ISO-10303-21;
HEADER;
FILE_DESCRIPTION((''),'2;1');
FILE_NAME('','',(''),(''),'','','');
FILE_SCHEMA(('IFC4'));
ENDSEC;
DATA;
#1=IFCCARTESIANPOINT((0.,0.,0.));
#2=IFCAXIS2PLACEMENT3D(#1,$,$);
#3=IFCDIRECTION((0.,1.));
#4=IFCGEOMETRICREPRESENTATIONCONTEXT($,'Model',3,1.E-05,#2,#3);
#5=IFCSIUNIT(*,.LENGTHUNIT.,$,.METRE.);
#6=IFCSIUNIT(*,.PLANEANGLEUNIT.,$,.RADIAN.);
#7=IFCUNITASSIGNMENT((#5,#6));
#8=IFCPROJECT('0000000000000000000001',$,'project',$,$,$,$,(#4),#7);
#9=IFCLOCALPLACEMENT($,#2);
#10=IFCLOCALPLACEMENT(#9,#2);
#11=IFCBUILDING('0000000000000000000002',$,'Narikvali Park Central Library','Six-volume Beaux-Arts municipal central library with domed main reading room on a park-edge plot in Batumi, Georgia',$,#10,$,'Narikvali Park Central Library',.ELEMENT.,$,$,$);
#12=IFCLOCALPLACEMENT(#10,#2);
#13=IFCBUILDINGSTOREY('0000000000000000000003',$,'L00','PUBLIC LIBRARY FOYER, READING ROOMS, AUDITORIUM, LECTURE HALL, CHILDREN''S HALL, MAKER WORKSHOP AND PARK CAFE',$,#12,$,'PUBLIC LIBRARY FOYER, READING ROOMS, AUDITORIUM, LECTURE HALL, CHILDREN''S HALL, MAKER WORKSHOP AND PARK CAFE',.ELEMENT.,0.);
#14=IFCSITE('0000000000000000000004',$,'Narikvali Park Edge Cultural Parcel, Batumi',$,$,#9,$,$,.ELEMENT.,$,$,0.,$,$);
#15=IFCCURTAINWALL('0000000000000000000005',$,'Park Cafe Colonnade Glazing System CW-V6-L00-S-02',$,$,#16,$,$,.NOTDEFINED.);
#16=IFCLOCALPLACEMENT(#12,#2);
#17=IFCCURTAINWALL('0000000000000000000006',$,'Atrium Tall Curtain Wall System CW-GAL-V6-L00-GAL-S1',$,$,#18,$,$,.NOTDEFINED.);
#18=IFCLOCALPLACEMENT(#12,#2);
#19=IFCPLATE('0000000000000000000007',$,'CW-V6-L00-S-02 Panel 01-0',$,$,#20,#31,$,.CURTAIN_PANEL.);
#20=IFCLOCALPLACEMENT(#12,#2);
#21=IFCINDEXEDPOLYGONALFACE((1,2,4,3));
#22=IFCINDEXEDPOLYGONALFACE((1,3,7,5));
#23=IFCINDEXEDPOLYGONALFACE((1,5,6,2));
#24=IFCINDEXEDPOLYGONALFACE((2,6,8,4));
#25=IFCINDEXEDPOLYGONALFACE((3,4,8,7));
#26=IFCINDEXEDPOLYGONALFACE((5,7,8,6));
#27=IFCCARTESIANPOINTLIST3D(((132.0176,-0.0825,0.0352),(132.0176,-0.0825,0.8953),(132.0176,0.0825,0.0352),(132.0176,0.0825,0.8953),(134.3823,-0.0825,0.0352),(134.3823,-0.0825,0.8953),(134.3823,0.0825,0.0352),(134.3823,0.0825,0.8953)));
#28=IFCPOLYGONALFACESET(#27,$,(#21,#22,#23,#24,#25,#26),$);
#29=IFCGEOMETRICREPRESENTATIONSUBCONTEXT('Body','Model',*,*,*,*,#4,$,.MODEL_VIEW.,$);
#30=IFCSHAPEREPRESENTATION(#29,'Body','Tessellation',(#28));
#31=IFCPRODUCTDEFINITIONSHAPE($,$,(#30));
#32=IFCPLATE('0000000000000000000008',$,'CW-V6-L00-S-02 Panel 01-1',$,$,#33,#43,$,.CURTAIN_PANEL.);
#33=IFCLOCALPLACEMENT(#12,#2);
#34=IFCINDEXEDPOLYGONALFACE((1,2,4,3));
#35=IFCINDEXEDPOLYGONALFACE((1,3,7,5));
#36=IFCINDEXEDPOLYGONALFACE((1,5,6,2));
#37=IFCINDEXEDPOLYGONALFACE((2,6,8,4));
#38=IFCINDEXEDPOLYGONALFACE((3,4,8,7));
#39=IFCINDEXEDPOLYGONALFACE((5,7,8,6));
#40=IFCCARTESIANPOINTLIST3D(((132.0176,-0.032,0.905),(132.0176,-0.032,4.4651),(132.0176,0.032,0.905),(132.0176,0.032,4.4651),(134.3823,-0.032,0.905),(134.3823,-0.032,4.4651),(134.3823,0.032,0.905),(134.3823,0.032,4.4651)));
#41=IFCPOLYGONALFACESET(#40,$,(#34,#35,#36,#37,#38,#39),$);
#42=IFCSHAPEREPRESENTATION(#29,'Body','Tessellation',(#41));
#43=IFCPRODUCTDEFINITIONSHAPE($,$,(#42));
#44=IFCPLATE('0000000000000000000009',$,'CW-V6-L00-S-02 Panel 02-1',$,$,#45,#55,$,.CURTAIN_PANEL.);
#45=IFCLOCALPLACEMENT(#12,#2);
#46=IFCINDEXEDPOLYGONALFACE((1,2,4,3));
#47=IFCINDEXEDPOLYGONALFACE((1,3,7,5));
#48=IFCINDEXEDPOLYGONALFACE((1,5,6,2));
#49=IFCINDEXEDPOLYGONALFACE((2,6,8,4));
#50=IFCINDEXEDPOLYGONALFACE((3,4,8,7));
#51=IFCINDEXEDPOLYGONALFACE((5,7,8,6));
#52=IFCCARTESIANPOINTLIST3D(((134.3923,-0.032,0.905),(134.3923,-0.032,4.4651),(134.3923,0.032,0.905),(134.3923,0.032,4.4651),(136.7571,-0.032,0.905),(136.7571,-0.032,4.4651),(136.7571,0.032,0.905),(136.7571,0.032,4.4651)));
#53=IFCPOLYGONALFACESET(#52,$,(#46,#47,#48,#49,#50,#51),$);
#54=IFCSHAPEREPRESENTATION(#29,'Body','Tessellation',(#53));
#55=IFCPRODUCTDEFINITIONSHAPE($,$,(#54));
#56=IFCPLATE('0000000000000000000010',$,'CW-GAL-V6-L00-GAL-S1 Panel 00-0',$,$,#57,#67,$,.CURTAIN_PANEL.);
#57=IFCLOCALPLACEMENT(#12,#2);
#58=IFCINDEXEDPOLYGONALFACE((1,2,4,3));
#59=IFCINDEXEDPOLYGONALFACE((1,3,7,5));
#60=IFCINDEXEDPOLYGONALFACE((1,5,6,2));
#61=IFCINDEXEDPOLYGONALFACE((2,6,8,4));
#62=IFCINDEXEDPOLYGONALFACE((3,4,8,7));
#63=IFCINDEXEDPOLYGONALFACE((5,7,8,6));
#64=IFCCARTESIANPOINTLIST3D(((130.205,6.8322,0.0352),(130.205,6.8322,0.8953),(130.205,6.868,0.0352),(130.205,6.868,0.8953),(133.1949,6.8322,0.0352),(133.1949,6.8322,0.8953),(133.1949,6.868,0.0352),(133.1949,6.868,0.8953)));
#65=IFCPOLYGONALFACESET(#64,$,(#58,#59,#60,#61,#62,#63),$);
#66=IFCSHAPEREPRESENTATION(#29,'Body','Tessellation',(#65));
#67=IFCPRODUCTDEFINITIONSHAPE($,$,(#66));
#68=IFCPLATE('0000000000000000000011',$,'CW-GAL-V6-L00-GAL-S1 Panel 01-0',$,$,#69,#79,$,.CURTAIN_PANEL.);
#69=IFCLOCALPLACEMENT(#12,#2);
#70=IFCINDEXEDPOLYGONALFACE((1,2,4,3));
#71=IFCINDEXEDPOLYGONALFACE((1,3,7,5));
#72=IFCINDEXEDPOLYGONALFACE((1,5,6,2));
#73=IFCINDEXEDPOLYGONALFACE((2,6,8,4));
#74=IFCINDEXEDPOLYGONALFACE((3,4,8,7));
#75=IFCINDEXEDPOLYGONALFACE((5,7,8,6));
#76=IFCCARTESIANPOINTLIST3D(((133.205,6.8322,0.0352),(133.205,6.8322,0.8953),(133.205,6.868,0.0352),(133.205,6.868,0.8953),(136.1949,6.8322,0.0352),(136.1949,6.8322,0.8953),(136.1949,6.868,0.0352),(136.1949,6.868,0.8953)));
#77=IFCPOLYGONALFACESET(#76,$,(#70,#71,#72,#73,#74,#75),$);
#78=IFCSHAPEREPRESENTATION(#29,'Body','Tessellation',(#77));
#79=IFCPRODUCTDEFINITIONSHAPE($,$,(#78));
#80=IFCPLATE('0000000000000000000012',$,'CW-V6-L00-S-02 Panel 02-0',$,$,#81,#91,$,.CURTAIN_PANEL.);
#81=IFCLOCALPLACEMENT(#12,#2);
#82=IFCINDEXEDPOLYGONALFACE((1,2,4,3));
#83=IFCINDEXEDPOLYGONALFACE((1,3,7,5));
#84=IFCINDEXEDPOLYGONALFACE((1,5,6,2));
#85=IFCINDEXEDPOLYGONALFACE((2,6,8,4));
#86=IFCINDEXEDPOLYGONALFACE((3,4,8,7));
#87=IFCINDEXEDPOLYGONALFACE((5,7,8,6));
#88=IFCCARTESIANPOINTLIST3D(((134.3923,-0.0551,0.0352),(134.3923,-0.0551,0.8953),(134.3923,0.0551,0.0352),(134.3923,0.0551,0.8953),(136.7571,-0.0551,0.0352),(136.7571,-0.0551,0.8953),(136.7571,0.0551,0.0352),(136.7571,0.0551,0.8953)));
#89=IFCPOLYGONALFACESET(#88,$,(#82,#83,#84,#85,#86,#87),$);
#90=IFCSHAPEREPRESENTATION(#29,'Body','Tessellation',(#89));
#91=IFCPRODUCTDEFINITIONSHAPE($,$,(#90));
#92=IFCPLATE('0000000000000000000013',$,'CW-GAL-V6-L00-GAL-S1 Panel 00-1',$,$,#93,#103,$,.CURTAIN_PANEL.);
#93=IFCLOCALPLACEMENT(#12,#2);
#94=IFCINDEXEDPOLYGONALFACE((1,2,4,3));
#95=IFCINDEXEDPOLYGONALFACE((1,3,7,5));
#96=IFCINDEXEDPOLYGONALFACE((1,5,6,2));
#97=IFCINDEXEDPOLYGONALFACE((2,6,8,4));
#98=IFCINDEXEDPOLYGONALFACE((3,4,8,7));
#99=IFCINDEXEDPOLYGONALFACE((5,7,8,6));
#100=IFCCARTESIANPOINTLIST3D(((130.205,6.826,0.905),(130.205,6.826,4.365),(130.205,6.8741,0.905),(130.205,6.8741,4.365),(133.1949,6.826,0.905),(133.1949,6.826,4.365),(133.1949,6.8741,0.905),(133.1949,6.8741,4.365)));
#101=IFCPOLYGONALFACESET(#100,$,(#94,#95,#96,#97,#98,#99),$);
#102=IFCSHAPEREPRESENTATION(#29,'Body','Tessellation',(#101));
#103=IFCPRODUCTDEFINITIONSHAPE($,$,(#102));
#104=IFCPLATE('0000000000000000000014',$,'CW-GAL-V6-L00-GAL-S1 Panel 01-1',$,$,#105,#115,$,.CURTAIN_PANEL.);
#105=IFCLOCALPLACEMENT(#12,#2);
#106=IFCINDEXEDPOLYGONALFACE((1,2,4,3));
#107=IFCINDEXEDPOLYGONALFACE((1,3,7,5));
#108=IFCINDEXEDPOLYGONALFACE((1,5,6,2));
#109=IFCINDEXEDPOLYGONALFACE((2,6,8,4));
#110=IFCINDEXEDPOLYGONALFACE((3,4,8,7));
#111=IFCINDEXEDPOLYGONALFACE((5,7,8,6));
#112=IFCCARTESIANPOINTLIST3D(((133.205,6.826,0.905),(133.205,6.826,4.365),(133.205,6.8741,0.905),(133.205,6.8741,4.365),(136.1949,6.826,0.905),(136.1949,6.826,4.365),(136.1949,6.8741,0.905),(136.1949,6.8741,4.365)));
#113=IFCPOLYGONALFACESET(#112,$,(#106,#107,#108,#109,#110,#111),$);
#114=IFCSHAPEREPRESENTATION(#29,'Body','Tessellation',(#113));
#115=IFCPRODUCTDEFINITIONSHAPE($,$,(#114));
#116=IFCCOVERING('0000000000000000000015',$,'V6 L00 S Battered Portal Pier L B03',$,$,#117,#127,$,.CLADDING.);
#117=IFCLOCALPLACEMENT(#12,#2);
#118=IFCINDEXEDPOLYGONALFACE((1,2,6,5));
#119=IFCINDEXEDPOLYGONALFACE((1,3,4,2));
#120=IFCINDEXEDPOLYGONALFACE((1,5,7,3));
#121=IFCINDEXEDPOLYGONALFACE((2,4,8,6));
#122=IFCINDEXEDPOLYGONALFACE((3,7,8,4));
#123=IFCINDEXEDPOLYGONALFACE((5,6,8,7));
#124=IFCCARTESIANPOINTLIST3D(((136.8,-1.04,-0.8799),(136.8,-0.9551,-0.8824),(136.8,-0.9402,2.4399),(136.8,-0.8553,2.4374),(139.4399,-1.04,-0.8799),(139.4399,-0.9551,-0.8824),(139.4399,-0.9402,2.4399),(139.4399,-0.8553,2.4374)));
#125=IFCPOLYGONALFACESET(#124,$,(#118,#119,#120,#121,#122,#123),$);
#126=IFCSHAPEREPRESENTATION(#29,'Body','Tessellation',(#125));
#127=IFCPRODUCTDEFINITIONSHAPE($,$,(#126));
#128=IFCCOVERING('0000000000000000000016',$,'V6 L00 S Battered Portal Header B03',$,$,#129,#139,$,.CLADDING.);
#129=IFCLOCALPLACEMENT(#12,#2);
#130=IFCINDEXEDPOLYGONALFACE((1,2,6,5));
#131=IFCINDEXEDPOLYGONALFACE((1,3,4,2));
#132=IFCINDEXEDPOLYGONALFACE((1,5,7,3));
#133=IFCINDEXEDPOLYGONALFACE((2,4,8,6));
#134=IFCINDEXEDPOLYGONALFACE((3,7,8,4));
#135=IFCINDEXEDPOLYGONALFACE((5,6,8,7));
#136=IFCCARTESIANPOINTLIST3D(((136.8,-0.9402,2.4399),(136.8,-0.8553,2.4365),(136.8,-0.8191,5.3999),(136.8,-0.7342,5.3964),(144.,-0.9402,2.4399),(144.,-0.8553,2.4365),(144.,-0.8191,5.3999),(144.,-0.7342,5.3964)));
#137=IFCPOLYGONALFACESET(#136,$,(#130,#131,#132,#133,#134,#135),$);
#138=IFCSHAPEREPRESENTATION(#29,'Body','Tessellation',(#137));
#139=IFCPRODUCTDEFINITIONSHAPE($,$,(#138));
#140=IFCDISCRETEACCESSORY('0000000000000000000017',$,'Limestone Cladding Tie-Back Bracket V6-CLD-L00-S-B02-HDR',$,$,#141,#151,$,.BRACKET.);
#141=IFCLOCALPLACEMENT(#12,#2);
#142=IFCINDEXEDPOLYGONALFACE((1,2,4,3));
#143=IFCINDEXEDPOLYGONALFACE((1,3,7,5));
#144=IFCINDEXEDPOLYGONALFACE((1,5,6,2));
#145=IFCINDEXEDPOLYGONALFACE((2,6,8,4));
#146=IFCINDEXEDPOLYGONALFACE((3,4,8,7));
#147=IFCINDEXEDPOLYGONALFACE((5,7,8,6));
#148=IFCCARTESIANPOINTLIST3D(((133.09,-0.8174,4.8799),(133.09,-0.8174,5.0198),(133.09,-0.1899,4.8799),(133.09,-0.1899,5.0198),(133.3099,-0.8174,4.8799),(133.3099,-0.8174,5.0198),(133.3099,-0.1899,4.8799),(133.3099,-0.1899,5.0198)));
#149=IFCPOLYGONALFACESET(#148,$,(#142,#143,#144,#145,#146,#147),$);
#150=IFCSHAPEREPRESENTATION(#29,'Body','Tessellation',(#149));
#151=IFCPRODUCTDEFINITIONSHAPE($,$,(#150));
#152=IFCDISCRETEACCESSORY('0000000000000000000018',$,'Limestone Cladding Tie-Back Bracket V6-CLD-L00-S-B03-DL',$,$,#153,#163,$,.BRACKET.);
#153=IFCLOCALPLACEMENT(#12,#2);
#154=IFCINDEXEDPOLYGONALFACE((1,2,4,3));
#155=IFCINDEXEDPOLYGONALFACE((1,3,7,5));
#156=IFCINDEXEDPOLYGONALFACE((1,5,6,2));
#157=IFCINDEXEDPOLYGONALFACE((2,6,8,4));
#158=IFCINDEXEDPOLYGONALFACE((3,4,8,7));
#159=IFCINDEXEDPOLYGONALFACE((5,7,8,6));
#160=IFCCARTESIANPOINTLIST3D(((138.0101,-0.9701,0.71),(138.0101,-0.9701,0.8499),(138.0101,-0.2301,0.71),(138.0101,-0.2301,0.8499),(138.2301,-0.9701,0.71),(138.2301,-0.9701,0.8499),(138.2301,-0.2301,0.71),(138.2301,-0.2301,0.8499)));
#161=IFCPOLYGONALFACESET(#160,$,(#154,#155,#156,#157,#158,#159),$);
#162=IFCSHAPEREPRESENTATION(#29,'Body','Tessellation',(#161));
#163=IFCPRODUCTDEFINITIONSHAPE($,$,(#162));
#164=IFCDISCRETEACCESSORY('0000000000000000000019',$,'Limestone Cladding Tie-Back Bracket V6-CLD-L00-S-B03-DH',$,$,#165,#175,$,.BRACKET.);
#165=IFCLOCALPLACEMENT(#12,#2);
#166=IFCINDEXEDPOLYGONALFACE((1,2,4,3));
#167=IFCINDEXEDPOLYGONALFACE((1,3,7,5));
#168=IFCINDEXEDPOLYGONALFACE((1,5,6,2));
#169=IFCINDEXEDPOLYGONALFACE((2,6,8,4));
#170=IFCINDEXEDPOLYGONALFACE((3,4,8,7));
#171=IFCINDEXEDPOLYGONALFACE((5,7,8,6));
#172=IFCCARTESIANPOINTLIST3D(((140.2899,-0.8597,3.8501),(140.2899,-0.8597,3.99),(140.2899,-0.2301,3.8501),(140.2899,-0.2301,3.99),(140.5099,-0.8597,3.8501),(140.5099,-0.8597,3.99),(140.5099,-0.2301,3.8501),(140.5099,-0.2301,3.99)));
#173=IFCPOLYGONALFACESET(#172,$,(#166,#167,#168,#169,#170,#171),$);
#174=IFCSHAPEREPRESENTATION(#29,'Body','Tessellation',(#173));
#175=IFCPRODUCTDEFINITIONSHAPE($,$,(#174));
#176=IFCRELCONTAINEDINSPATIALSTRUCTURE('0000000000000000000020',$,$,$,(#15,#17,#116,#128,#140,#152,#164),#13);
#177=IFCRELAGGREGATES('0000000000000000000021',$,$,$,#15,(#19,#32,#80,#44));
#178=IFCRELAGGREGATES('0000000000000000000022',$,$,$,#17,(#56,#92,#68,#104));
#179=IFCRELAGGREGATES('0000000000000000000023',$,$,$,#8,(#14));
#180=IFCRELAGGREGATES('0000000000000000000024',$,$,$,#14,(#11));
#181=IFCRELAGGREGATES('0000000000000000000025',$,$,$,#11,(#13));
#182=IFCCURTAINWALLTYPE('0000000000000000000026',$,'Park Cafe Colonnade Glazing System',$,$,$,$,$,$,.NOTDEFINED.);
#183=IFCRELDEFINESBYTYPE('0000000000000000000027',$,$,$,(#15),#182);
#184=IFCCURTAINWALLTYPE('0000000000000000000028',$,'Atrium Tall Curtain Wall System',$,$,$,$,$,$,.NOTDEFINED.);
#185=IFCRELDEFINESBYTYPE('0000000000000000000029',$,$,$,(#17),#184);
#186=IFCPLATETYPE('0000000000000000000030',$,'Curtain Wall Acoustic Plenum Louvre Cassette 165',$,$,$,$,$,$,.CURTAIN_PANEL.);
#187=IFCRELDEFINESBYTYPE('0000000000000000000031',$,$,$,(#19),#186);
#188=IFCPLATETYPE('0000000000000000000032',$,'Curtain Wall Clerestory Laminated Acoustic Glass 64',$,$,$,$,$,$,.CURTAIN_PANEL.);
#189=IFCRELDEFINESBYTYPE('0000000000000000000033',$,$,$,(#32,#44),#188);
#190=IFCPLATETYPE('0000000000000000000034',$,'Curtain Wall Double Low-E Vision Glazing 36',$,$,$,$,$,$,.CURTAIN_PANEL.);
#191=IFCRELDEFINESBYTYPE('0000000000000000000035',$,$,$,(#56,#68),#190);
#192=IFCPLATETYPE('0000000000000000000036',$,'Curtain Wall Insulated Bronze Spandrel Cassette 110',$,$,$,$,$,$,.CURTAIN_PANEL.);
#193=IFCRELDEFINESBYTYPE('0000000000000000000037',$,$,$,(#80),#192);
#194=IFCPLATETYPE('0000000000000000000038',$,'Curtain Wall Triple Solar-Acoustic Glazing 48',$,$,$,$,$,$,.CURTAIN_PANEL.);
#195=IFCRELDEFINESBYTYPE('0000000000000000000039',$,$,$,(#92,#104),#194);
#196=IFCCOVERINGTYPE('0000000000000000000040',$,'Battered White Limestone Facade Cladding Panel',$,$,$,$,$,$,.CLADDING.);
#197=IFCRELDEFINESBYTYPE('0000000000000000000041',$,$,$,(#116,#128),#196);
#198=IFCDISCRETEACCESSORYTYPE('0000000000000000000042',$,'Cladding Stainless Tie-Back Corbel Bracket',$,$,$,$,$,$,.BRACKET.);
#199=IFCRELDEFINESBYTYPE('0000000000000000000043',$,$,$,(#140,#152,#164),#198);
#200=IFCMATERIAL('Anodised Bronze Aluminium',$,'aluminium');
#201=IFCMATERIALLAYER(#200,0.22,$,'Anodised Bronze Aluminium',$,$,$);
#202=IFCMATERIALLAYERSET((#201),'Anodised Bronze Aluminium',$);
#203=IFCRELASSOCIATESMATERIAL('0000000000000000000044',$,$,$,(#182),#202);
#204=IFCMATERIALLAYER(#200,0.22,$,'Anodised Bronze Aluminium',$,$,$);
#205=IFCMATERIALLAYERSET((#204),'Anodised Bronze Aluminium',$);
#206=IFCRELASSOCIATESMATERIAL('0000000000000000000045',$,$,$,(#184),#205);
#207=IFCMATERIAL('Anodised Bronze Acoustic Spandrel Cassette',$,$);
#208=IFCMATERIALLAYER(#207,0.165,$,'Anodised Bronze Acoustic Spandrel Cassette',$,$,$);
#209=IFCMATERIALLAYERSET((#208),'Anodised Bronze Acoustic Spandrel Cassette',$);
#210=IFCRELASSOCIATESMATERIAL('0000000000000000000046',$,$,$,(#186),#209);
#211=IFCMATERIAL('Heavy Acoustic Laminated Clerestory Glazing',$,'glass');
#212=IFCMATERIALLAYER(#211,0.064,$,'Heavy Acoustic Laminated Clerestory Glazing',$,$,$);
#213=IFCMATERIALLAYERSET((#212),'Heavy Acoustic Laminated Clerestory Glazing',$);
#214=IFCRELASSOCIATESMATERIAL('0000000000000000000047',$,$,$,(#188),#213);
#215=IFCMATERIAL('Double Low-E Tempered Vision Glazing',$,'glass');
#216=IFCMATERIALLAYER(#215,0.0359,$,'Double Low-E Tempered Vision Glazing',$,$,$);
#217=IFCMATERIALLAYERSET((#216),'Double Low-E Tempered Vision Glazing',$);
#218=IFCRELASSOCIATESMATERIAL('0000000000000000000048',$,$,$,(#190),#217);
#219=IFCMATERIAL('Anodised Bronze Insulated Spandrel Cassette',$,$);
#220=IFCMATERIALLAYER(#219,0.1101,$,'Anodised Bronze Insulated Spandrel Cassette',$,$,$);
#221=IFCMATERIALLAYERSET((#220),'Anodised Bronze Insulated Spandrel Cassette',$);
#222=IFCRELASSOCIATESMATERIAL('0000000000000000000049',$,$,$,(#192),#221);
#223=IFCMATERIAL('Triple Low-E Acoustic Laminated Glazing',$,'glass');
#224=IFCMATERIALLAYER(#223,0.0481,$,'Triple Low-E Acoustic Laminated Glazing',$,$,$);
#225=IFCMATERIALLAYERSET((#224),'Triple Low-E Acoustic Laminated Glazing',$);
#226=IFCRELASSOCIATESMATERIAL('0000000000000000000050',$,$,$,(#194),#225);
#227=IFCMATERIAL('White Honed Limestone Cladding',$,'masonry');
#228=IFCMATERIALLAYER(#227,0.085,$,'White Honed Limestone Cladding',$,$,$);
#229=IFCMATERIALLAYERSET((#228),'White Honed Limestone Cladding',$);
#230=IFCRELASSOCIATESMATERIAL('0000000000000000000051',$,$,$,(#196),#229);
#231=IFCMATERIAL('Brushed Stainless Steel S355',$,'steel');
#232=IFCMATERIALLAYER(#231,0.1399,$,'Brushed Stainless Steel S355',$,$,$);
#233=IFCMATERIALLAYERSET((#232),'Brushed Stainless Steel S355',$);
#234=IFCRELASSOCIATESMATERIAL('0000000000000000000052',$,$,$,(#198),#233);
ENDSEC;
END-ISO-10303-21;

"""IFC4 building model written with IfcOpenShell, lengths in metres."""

from ifc_helpers import new_model, si_unit, direction, frame, origin, origin_2d, place, context, subcontext, project, spatial, polyline, rectangle, outline, extrude, material, layer, layer_set, type_object, element, aggregate, save


model = new_model("IFC4")

# Units and contexts
model_context = context("Model", 3, precision=1e-05, world=origin(), true_north=direction((0.0, 1.0)))
body_context = subcontext(model_context, "Body", "Model", "MODEL_VIEW")
ifc_project = project(units=[si_unit("LENGTHUNIT", "METRE"), si_unit("PLANEANGLEUNIT", "RADIAN")], contexts=[model_context])

# Site, building, storey
site_placement = place(None, origin())
site = spatial("IfcSite", under=ifc_project, at=site_placement, Name="Narikvali Park Edge Cultural Parcel, Batumi", CompositionType="ELEMENT", RefElevation=0.0)
building_placement = place(site_placement, origin())
building = spatial("IfcBuilding", under=site, at=building_placement, Name="Narikvali Park Central Library", Description="Six-volume Beaux-Arts municipal central library with domed main reading room on a park-edge plot in Batumi, Georgia", LongName="Narikvali Park Central Library", CompositionType="ELEMENT")
storey_placement = place(building_placement, origin())
storey = spatial("IfcBuildingStorey", under=building, at=storey_placement, Name="L00", Description="PUBLIC LIBRARY FOYER, READING ROOMS, AUDITORIUM, LECTURE HALL, CHILDREN'S HALL, MAKER WORKSHOP AND PARK CAFE", LongName="PUBLIC LIBRARY FOYER, READING ROOMS, AUDITORIUM, LECTURE HALL, CHILDREN'S HALL, MAKER WORKSHOP AND PARK CAFE", CompositionType="ELEMENT", Elevation=0.0)

# Curtain walls
ifc_material_1 = material(Name="Anodised Bronze Aluminium", Category="aluminium")
ifc_layer_1 = layer(ifc_material_1, 0.22, Name="Anodised Bronze Aluminium")
ifc_layer_set_1 = layer_set([ifc_layer_1], Name="Anodised Bronze Aluminium")
curtain_wall_type_1 = type_object("IfcCurtainWallType", Name="Park Cafe Colonnade Glazing System", PredefinedType="NOTDEFINED", material=ifc_layer_set_1)
curtain_wall_1_placement = place(storey_placement, origin())
curtain_wall_1 = element("IfcCurtainWall", 1, at=curtain_wall_1_placement, inside=storey, type_object=curtain_wall_type_1, Name="Park Cafe Colonnade Glazing System CW-V6-L00-S-02", PredefinedType="NOTDEFINED")
ifc_layer_2 = layer(ifc_material_1, 0.22, Name="Anodised Bronze Aluminium")
ifc_layer_set_2 = layer_set([ifc_layer_2], Name="Anodised Bronze Aluminium")
curtain_wall_type_2 = type_object("IfcCurtainWallType", Name="Atrium Tall Curtain Wall System", PredefinedType="NOTDEFINED", material=ifc_layer_set_2)
curtain_wall_2_placement = place(storey_placement, origin())
curtain_wall_2 = element("IfcCurtainWall", 2, at=curtain_wall_2_placement, inside=storey, type_object=curtain_wall_type_2, Name="Atrium Tall Curtain Wall System CW-GAL-V6-L00-GAL-S1", PredefinedType="NOTDEFINED")

# Plates
ifc_material_2 = material(Name="Anodised Bronze Acoustic Spandrel Cassette")
ifc_layer_3 = layer(ifc_material_2, 0.165, Name="Anodised Bronze Acoustic Spandrel Cassette")
ifc_layer_set_3 = layer_set([ifc_layer_3], Name="Anodised Bronze Acoustic Spandrel Cassette")
plate_type_1 = type_object("IfcPlateType", Name="Curtain Wall Acoustic Plenum Louvre Cassette 165", PredefinedType="CURTAIN_PANEL", material=ifc_layer_set_3)
plate_1_placement = place(storey_placement, frame((133.2, 0.0, 0.0352), z_axis=(0.0, 0.0, 1.0), x_axis=(1.0, 0.0, 0.0)))
plate_1 = element("IfcPlate", 3, at=plate_1_placement, type_object=plate_type_1, Name="CW-V6-L00-S-02 Panel 01-0", PredefinedType="CURTAIN_PANEL", context=body_context, shape_type="SweptSolid", body=[
    extrude(rectangle(XDim=2.3647, YDim=0.165, at=origin_2d()), origin(), (0.0, 0.0, 1.0), 0.8601),
])
ifc_material_3 = material(Name="Heavy Acoustic Laminated Clerestory Glazing", Category="glass")
ifc_layer_4 = layer(ifc_material_3, 0.064, Name="Heavy Acoustic Laminated Clerestory Glazing")
ifc_layer_set_4 = layer_set([ifc_layer_4], Name="Heavy Acoustic Laminated Clerestory Glazing")
plate_type_2 = type_object("IfcPlateType", Name="Curtain Wall Clerestory Laminated Acoustic Glass 64", PredefinedType="CURTAIN_PANEL", material=ifc_layer_set_4)
plate_2_placement = place(storey_placement, frame((133.2, 0.0, 0.905), z_axis=(0.0, 0.0, 1.0), x_axis=(1.0, 0.0, 0.0)))
plate_2 = element("IfcPlate", 4, at=plate_2_placement, type_object=plate_type_2, Name="CW-V6-L00-S-02 Panel 01-1", PredefinedType="CURTAIN_PANEL", context=body_context, shape_type="SweptSolid", body=[
    extrude(rectangle(XDim=2.3647, YDim=0.064, at=origin_2d()), origin(), (0.0, 0.0, 1.0), 3.5601),
])
plate_3_placement = place(storey_placement, frame((135.5747, 0.0, 0.905), z_axis=(0.0, 0.0, 1.0), x_axis=(1.0, 0.0, 0.0)))
plate_3 = element("IfcPlate", 5, at=plate_3_placement, type_object=plate_type_2, Name="CW-V6-L00-S-02 Panel 02-1", PredefinedType="CURTAIN_PANEL", context=body_context, shape_type="SweptSolid", body=[
    extrude(rectangle(XDim=2.3647, YDim=0.064, at=origin_2d()), origin(), (0.0, 0.0, 1.0), 3.5601),
])
ifc_material_4 = material(Name="Double Low-E Tempered Vision Glazing", Category="glass")
ifc_layer_5 = layer(ifc_material_4, 0.0359, Name="Double Low-E Tempered Vision Glazing")
ifc_layer_set_5 = layer_set([ifc_layer_5], Name="Double Low-E Tempered Vision Glazing")
plate_type_3 = type_object("IfcPlateType", Name="Curtain Wall Double Low-E Vision Glazing 36", PredefinedType="CURTAIN_PANEL", material=ifc_layer_set_5)
plate_4_placement = place(storey_placement, frame((131.7, 6.8501, 0.0352), z_axis=(0.0, 0.0, 1.0), x_axis=(1.0, 0.0, 0.0)))
plate_4 = element("IfcPlate", 6, at=plate_4_placement, type_object=plate_type_3, Name="CW-GAL-V6-L00-GAL-S1 Panel 00-0", PredefinedType="CURTAIN_PANEL", context=body_context, shape_type="SweptSolid", body=[
    extrude(rectangle(XDim=2.99, YDim=0.0359, at=origin_2d()), origin(), (0.0, 0.0, 1.0), 0.8601),
])
plate_5_placement = place(storey_placement, frame((134.7, 6.8501, 0.0352), z_axis=(0.0, 0.0, 1.0), x_axis=(1.0, 0.0, 0.0)))
plate_5 = element("IfcPlate", 7, at=plate_5_placement, type_object=plate_type_3, Name="CW-GAL-V6-L00-GAL-S1 Panel 01-0", PredefinedType="CURTAIN_PANEL", context=body_context, shape_type="SweptSolid", body=[
    extrude(rectangle(XDim=2.99, YDim=0.0359, at=origin_2d()), origin(), (0.0, 0.0, 1.0), 0.8601),
])
ifc_material_5 = material(Name="Anodised Bronze Insulated Spandrel Cassette")
ifc_layer_6 = layer(ifc_material_5, 0.1101, Name="Anodised Bronze Insulated Spandrel Cassette")
ifc_layer_set_6 = layer_set([ifc_layer_6], Name="Anodised Bronze Insulated Spandrel Cassette")
plate_type_4 = type_object("IfcPlateType", Name="Curtain Wall Insulated Bronze Spandrel Cassette 110", PredefinedType="CURTAIN_PANEL", material=ifc_layer_set_6)
plate_6_placement = place(storey_placement, frame((135.5747, 0.0, 0.0352), z_axis=(0.0, 0.0, 1.0), x_axis=(1.0, 0.0, 0.0)))
plate_6 = element("IfcPlate", 8, at=plate_6_placement, type_object=plate_type_4, Name="CW-V6-L00-S-02 Panel 02-0", PredefinedType="CURTAIN_PANEL", context=body_context, shape_type="SweptSolid", body=[
    extrude(rectangle(XDim=2.3647, YDim=0.1101, at=origin_2d()), origin(), (0.0, 0.0, 1.0), 0.8601),
])
aggregate(curtain_wall_1, [plate_1, plate_2, plate_6, plate_3])
ifc_material_6 = material(Name="Triple Low-E Acoustic Laminated Glazing", Category="glass")
ifc_layer_7 = layer(ifc_material_6, 0.0481, Name="Triple Low-E Acoustic Laminated Glazing")
ifc_layer_set_7 = layer_set([ifc_layer_7], Name="Triple Low-E Acoustic Laminated Glazing")
plate_type_5 = type_object("IfcPlateType", Name="Curtain Wall Triple Solar-Acoustic Glazing 48", PredefinedType="CURTAIN_PANEL", material=ifc_layer_set_7)
plate_7_placement = place(storey_placement, frame((131.7, 6.8501, 0.905), z_axis=(0.0, 0.0, 1.0), x_axis=(1.0, 0.0, 0.0)))
plate_7 = element("IfcPlate", 9, at=plate_7_placement, type_object=plate_type_5, Name="CW-GAL-V6-L00-GAL-S1 Panel 00-1", PredefinedType="CURTAIN_PANEL", context=body_context, shape_type="SweptSolid", body=[
    extrude(rectangle(XDim=2.99, YDim=0.0481, at=origin_2d()), origin(), (0.0, 0.0, 1.0), 3.46),
])
plate_8_placement = place(storey_placement, frame((134.7, 6.8501, 0.905), z_axis=(0.0, 0.0, 1.0), x_axis=(1.0, 0.0, 0.0)))
plate_8 = element("IfcPlate", 10, at=plate_8_placement, type_object=plate_type_5, Name="CW-GAL-V6-L00-GAL-S1 Panel 01-1", PredefinedType="CURTAIN_PANEL", context=body_context, shape_type="SweptSolid", body=[
    extrude(rectangle(XDim=2.99, YDim=0.0481, at=origin_2d()), origin(), (0.0, 0.0, 1.0), 3.46),
])
aggregate(curtain_wall_2, [plate_4, plate_7, plate_5, plate_8])

# Coverings
ifc_material_7 = material(Name="White Honed Limestone Cladding", Category="masonry")
ifc_layer_8 = layer(ifc_material_7, 0.085, Name="White Honed Limestone Cladding")
ifc_layer_set_8 = layer_set([ifc_layer_8], Name="White Honed Limestone Cladding")
covering_type = type_object("IfcCoveringType", Name="Battered White Limestone Facade Cladding Panel", PredefinedType="CLADDING", material=ifc_layer_set_8)
covering_1_placement = place(storey_placement, frame((136.8, -1.04, -0.8799), z_axis=(0.0, -0.999548, 0.030064), x_axis=(1.0, 0.0, 0.0)))
element("IfcCovering", 11, at=covering_1_placement, inside=storey, type_object=covering_type, Name="V6 L00 S Battered Portal Pier L B03", PredefinedType="CLADDING", context=body_context, shape_type="SweptSolid", body=[
    extrude(outline(polyline([(0.0, 0.0), (2.6399, 0.0), (2.6399, 3.3213), (0.0, 3.3213), (0.0, 0.0)])), origin(), (0.0, 0.0, -1.0), 0.085),
])
covering_2_placement = place(storey_placement, frame((136.8, -0.9402, 2.4399), z_axis=(0.0, -0.999164, 0.040876), x_axis=(1.0, 0.0, 0.0)))
element("IfcCovering", 12, at=covering_2_placement, inside=storey, type_object=covering_type, Name="V6 L00 S Battered Portal Header B03", PredefinedType="CLADDING", context=body_context, shape_type="SweptSolid", body=[
    extrude(outline(polyline([(0.0, 0.0), (7.2, 0.0), (7.2, 2.9624), (0.0, 2.9624), (0.0, 0.0)])), origin(), (0.0, 0.0, -1.0), 0.085),
])

# Discrete accessories
ifc_material_8 = material(Name="Brushed Stainless Steel S355", Category="steel")
ifc_layer_9 = layer(ifc_material_8, 0.1399, Name="Brushed Stainless Steel S355")
ifc_layer_set_9 = layer_set([ifc_layer_9], Name="Brushed Stainless Steel S355")
discrete_accessory_type_1 = type_object("IfcDiscreteAccessoryType", Name="Cladding Stainless Tie-Back Corbel Bracket", PredefinedType="BRACKET", material=ifc_layer_set_9)
discrete_accessory_1_placement = place(storey_placement, frame((133.2, -0.5037, 4.8799), z_axis=(0.0, 0.0, 1.0), x_axis=(1.0, 0.0, 0.0)))
element("IfcDiscreteAccessory", 13, at=discrete_accessory_1_placement, inside=storey, type_object=discrete_accessory_type_1, Name="Limestone Cladding Tie-Back Bracket V6-CLD-L00-S-B02-HDR", PredefinedType="BRACKET", context=body_context, shape_type="SweptSolid", body=[
    extrude(rectangle(XDim=0.22, YDim=0.6274, at=origin_2d()), origin(), (0.0, 0.0, 1.0), 0.1399),
])
discrete_accessory_2_placement = place(storey_placement, frame((138.1201, -0.6001, 0.71), z_axis=(0.0, 0.0, 1.0), x_axis=(1.0, 0.0, 0.0)))
element("IfcDiscreteAccessory", 14, at=discrete_accessory_2_placement, inside=storey, type_object=discrete_accessory_type_1, Name="Limestone Cladding Tie-Back Bracket V6-CLD-L00-S-B03-DL", PredefinedType="BRACKET", context=body_context, shape_type="SweptSolid", body=[
    extrude(rectangle(XDim=0.22, YDim=0.74, at=origin_2d()), origin(), (0.0, 0.0, 1.0), 0.1399),
])
discrete_accessory_3_placement = place(storey_placement, frame((140.3999, -0.5449, 3.8501), z_axis=(0.0, 0.0, 1.0), x_axis=(1.0, 0.0, 0.0)))
element("IfcDiscreteAccessory", 15, at=discrete_accessory_3_placement, inside=storey, type_object=discrete_accessory_type_1, Name="Limestone Cladding Tie-Back Bracket V6-CLD-L00-S-B03-DH", PredefinedType="BRACKET", context=body_context, shape_type="SweptSolid", body=[
    extrude(rectangle(XDim=0.22, YDim=0.6296, at=origin_2d()), origin(), (0.0, 0.0, 1.0), 0.1399),
])

save(model, "model.ifc")
